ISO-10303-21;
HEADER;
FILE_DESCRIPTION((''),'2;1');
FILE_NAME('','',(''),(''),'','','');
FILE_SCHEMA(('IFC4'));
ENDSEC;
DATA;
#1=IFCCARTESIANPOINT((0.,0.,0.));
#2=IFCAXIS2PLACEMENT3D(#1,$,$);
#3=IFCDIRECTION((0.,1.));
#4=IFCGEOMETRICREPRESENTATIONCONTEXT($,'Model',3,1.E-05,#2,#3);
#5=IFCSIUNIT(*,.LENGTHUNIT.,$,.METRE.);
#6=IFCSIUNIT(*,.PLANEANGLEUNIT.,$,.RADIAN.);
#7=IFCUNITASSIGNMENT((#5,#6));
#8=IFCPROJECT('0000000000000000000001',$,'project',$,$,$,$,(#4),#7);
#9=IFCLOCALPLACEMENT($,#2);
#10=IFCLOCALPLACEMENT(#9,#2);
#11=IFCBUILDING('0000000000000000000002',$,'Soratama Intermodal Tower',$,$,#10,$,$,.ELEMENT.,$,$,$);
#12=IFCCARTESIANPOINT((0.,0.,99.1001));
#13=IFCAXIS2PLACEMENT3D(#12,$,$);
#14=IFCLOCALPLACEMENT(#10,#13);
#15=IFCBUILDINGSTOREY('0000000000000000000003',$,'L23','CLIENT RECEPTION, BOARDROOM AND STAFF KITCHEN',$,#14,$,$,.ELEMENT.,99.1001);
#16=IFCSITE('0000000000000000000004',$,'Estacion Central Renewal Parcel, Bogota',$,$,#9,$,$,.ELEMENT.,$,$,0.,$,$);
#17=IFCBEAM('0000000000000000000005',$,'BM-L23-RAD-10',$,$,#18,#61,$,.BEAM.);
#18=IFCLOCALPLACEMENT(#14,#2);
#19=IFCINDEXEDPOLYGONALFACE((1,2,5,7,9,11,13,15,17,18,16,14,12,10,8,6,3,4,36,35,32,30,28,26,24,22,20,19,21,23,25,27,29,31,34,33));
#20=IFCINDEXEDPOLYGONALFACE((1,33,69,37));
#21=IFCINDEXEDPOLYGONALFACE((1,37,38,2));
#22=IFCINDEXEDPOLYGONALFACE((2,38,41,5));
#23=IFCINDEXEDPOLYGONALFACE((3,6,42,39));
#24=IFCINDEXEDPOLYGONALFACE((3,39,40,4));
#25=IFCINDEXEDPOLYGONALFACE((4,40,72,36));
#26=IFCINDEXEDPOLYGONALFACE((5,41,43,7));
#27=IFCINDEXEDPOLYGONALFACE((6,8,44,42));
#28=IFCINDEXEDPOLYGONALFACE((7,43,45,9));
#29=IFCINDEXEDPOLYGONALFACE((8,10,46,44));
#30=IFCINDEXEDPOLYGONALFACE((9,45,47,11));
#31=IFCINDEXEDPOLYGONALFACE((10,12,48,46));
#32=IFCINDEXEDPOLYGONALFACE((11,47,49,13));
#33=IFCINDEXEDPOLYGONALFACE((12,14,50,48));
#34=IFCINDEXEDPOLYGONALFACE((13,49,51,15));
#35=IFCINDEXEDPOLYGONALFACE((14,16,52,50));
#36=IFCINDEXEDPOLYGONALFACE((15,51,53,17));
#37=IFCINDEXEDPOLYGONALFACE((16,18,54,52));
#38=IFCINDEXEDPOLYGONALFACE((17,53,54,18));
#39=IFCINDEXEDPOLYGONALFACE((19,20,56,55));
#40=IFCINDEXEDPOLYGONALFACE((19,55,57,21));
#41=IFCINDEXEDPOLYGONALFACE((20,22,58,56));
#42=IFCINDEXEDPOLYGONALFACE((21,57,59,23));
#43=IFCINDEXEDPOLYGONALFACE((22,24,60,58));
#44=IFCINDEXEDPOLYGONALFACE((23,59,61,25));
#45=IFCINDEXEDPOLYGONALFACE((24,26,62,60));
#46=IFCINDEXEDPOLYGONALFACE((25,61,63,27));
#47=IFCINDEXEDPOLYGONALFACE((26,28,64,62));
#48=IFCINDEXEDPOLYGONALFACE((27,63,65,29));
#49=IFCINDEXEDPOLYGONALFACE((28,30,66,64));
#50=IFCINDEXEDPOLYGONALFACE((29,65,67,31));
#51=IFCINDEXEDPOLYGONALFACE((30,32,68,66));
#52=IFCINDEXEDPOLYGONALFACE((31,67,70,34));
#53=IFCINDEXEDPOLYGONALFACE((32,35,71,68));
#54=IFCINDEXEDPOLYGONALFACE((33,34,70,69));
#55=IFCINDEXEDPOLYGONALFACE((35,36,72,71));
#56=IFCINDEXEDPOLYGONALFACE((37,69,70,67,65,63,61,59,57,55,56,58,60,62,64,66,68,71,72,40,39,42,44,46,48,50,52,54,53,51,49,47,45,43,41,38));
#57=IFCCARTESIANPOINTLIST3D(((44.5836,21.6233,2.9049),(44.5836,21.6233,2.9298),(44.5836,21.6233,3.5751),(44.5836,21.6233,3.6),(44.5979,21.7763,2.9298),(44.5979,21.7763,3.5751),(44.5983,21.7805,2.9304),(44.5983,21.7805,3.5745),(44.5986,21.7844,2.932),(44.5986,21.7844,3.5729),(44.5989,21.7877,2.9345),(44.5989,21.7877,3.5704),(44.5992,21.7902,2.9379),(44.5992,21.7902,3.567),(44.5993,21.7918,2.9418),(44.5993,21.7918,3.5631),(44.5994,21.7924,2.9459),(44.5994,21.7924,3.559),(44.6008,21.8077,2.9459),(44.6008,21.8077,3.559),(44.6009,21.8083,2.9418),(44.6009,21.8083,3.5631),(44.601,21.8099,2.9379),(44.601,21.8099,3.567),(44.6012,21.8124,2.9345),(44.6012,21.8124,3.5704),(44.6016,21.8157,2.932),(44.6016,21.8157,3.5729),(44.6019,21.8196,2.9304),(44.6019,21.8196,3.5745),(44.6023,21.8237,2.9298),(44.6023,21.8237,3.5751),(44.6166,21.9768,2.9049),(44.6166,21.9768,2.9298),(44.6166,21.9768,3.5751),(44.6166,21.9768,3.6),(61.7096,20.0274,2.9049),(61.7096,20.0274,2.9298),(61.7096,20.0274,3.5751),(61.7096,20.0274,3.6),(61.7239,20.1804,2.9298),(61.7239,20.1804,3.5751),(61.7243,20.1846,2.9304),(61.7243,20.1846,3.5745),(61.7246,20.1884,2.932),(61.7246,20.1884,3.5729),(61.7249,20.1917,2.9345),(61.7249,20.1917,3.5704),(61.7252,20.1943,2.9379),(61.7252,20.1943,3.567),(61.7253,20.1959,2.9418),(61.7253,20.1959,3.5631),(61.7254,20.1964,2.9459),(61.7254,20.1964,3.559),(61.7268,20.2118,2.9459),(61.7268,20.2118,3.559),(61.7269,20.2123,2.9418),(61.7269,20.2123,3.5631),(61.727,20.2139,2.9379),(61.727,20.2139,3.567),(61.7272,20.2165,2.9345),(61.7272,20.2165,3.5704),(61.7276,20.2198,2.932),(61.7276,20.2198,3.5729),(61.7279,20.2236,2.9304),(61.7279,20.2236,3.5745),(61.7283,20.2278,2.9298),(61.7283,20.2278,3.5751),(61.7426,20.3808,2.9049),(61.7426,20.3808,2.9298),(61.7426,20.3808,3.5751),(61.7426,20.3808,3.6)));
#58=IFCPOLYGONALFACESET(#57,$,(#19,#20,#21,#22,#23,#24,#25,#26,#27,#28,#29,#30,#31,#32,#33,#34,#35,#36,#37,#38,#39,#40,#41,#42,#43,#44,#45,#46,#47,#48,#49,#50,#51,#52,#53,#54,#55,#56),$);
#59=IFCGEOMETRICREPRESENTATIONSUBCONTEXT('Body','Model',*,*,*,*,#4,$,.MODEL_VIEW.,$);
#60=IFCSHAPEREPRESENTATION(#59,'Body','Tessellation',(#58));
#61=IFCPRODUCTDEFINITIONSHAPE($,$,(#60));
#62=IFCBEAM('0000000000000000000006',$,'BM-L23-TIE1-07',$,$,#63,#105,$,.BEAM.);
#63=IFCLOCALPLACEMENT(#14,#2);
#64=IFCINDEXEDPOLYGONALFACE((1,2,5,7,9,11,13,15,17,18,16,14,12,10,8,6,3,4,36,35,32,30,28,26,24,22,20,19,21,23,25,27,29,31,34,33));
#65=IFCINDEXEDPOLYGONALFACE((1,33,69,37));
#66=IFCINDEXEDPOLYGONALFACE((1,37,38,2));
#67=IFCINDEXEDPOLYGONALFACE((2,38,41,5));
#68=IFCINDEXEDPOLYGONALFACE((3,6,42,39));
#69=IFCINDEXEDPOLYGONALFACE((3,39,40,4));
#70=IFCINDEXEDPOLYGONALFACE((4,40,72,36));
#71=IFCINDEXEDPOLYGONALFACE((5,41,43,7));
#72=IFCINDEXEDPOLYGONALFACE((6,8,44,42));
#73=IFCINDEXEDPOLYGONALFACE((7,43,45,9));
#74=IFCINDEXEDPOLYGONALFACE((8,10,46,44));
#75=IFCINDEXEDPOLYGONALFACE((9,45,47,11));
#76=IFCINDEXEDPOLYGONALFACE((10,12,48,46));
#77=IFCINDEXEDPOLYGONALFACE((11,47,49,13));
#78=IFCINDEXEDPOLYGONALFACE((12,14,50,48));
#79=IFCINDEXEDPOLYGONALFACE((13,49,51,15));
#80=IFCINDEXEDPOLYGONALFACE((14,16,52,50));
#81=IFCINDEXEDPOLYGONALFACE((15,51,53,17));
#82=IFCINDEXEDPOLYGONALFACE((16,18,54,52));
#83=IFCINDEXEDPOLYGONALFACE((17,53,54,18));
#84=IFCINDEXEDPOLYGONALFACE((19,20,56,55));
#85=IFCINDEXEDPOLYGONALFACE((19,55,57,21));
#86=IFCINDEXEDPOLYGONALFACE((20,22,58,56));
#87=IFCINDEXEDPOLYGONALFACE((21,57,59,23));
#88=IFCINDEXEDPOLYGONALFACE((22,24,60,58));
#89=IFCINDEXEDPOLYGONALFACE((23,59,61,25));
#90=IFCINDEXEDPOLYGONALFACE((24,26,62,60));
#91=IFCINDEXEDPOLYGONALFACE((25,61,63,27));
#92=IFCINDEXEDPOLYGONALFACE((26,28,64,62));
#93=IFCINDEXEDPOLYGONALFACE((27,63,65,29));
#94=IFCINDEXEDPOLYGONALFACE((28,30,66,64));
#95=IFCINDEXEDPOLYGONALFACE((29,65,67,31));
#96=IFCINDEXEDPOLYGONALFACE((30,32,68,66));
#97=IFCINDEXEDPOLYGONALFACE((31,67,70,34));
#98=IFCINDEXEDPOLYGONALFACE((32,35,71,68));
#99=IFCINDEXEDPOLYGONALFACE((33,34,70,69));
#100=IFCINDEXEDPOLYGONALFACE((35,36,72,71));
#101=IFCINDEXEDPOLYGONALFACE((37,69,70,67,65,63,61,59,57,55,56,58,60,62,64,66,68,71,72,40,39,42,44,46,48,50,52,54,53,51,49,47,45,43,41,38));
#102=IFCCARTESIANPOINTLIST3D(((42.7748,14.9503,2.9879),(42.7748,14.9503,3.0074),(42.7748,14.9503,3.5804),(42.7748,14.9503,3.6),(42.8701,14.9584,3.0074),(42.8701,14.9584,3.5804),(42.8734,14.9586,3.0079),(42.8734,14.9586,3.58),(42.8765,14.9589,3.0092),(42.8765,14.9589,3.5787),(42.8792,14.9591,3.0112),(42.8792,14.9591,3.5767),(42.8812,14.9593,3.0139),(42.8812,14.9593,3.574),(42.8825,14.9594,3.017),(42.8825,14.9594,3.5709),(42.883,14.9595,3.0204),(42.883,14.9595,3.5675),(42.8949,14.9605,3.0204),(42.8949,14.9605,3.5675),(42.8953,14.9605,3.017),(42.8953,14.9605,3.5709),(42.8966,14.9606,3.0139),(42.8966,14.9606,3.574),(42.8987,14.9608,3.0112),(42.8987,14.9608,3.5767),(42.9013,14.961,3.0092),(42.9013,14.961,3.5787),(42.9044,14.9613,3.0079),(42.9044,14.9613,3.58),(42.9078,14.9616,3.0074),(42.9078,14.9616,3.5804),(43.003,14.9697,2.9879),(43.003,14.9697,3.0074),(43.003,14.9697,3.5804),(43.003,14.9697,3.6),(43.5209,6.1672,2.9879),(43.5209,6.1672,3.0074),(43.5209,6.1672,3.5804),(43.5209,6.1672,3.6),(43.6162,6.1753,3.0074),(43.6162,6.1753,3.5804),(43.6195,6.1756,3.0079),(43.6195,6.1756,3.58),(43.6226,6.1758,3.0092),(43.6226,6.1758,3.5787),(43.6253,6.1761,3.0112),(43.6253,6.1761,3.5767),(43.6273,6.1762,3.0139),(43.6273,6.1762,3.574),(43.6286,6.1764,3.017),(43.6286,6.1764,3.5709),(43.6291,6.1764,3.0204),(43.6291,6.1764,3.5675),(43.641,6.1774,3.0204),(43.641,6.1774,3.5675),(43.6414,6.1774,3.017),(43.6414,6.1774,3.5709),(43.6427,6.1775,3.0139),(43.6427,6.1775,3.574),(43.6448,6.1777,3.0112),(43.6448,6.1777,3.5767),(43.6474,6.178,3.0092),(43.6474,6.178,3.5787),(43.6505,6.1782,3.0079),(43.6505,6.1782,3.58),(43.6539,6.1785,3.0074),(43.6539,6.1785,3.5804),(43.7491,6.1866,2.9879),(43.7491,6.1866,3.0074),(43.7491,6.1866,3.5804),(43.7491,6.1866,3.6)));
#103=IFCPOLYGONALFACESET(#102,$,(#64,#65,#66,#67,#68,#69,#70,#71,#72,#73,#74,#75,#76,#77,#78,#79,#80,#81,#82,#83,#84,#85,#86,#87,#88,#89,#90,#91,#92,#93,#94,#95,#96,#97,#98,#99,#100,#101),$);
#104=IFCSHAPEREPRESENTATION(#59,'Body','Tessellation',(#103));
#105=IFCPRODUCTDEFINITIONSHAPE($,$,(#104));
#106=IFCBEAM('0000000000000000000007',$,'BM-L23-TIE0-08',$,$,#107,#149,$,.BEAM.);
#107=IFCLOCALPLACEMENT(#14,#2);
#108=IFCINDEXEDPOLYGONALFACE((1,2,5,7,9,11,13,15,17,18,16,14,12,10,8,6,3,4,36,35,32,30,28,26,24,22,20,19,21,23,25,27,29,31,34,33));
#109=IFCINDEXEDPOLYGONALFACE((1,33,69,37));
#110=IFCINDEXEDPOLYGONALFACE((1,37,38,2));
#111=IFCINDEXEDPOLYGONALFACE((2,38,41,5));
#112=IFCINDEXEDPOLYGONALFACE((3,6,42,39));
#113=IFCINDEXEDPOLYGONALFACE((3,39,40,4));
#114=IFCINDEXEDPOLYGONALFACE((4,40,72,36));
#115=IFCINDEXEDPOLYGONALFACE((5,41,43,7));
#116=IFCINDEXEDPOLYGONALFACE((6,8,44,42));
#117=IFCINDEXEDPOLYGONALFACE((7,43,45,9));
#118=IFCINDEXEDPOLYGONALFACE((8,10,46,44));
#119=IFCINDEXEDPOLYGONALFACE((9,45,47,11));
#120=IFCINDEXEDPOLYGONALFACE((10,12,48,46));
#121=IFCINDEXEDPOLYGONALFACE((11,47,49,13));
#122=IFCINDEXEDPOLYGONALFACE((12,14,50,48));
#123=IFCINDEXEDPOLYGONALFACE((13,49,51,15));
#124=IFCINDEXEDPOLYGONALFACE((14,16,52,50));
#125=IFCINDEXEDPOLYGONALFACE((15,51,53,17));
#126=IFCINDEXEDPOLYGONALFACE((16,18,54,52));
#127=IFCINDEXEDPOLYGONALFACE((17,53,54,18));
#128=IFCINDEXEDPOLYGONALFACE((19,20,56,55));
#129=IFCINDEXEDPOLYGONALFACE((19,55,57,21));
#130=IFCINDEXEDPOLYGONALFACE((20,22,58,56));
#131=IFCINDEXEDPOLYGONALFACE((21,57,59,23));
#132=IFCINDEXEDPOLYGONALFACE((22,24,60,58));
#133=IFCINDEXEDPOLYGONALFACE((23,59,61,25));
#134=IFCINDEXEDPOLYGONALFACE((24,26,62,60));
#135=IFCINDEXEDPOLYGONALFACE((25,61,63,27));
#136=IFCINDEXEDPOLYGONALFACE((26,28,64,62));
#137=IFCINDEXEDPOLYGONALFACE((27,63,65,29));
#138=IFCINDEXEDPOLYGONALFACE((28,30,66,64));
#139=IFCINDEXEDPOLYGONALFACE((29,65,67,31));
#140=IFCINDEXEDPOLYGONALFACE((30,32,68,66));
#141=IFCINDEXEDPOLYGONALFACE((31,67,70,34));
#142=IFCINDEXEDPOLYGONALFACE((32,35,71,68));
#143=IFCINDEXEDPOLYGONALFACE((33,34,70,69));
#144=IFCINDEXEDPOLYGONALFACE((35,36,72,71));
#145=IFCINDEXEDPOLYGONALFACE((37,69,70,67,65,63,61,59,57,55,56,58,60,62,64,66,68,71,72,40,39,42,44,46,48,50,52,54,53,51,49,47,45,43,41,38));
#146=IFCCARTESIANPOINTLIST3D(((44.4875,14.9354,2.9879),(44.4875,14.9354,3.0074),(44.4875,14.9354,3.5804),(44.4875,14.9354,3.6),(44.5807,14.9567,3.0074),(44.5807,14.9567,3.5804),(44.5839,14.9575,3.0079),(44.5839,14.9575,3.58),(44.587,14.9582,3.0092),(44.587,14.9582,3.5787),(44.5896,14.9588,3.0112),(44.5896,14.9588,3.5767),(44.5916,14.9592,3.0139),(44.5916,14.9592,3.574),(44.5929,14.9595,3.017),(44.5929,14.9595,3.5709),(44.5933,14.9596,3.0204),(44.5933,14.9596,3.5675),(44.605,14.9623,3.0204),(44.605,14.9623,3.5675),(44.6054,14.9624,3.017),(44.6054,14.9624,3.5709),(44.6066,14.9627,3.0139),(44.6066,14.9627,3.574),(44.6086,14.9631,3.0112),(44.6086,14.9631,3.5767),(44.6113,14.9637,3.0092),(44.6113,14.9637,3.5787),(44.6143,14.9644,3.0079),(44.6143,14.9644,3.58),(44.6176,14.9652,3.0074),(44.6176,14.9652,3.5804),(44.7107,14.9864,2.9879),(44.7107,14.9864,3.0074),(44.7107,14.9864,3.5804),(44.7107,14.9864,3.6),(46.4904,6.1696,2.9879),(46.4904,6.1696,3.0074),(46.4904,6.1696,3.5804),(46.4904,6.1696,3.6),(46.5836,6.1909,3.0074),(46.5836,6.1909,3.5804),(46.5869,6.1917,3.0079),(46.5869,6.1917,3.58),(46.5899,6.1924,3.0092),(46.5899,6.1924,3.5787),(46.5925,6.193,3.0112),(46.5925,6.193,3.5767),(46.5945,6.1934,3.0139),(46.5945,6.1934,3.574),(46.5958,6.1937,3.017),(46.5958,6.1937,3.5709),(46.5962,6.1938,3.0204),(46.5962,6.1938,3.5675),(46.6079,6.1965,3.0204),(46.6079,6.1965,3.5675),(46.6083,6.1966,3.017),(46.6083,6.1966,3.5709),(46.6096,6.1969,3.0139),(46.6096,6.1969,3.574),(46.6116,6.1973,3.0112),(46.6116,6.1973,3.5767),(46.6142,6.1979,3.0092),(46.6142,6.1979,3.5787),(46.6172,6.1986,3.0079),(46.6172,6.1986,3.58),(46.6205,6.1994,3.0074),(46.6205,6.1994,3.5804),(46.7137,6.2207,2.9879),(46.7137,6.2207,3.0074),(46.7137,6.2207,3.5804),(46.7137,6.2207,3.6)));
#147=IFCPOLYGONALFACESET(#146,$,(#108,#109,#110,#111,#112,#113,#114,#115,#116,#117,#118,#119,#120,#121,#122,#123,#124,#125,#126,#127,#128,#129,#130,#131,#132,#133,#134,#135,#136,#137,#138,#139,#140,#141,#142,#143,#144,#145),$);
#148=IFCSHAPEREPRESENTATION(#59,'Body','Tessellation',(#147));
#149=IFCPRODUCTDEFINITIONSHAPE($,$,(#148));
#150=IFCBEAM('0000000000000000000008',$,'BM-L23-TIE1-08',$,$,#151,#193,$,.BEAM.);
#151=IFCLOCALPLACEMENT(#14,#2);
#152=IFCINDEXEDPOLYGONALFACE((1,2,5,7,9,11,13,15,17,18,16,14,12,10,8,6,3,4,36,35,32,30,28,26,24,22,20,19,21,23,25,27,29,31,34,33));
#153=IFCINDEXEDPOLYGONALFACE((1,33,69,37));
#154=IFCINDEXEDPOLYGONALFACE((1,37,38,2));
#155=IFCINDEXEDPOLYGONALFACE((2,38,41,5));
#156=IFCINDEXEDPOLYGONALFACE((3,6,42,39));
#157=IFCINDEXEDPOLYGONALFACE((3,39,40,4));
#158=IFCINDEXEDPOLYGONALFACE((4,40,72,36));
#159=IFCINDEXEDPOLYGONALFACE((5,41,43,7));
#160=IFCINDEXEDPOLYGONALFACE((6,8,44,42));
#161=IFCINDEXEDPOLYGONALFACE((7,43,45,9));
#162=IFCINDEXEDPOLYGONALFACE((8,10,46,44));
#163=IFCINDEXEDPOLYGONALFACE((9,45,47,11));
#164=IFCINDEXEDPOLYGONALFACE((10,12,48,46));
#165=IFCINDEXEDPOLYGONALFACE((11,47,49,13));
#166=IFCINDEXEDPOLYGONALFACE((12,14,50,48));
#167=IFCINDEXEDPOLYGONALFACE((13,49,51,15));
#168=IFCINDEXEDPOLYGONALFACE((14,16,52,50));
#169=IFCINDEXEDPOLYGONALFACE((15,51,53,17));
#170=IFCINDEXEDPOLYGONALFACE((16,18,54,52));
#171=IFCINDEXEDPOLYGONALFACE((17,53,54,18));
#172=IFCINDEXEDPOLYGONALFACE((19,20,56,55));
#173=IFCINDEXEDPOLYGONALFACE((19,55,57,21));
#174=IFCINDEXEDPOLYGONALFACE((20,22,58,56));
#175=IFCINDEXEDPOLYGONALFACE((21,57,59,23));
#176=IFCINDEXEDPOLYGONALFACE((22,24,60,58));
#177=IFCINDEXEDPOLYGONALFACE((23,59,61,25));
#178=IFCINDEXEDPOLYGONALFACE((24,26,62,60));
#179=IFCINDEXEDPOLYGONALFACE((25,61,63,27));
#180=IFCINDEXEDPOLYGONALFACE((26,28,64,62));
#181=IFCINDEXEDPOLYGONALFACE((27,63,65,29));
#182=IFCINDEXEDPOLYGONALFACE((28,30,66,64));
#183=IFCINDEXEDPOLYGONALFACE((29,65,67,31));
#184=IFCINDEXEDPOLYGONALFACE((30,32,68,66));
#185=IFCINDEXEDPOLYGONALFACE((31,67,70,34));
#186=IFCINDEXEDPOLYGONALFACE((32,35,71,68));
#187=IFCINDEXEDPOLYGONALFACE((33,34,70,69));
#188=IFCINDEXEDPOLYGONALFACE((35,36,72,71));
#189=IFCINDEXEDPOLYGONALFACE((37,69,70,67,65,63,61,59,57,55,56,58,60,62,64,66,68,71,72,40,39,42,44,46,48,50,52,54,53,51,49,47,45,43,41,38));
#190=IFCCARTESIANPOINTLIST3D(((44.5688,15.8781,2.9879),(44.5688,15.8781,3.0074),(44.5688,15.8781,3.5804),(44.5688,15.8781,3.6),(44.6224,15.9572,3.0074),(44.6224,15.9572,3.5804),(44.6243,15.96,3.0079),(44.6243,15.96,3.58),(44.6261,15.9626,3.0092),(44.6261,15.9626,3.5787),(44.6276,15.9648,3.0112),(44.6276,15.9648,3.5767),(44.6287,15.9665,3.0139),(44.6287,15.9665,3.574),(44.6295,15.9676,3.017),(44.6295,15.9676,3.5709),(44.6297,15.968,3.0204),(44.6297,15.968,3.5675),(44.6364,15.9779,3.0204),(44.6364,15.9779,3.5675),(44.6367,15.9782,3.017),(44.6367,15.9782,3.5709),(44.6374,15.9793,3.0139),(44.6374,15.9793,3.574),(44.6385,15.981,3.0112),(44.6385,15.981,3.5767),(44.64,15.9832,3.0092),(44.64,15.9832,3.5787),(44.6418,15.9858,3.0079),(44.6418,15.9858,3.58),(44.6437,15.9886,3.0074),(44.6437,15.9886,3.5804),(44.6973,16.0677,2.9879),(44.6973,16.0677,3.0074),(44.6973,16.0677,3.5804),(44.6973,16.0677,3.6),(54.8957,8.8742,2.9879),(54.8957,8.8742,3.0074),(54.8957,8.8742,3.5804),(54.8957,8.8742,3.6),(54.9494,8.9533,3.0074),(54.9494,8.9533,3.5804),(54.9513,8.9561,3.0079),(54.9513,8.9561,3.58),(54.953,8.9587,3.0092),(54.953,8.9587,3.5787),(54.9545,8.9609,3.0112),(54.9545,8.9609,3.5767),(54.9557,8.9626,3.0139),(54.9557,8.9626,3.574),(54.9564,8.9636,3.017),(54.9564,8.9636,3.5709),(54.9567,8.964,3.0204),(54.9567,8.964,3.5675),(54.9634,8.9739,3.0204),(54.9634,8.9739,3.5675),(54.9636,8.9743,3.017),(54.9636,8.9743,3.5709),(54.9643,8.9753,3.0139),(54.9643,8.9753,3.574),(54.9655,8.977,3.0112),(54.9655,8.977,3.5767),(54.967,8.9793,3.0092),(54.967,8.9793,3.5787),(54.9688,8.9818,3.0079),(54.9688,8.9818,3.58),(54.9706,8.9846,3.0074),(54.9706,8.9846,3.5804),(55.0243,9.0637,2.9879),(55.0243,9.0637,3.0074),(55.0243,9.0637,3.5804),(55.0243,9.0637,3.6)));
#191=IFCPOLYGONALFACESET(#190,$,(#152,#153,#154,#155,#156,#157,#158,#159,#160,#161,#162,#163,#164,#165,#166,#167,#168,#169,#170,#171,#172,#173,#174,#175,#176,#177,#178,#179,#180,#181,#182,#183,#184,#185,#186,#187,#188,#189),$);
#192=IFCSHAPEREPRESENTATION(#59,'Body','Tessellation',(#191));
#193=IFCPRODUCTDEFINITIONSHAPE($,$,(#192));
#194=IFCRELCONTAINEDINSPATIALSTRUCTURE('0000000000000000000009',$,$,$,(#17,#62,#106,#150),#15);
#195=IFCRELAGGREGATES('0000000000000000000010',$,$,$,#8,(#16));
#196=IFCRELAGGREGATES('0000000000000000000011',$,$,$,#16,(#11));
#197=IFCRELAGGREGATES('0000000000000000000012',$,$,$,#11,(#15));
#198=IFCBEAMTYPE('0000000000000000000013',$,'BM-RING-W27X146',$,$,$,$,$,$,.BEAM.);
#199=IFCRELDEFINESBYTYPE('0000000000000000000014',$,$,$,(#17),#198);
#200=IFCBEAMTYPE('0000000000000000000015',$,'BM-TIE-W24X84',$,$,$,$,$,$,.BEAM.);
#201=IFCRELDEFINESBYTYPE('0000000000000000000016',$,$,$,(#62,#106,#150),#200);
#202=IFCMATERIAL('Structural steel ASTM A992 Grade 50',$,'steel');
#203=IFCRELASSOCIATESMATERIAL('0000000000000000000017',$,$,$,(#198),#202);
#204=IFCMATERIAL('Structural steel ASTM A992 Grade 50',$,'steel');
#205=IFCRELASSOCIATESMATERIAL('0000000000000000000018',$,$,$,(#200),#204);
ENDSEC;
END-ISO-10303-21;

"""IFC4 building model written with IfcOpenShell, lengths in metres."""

from ifc_helpers import new_model, si_unit, direction, frame, origin, origin_2d, place, context, subcontext, project, spatial, i_section, extrude, material, material_profile, profile_set, type_object, element, save


model = new_model("IFC4")

# Units and contexts
model_context = context("Model", 3, precision=1e-05, world=origin(), true_north=direction((0.0, 1.0)))
body_context = subcontext(model_context, "Body", "Model", "MODEL_VIEW")
ifc_project = project(units=[si_unit("LENGTHUNIT", "METRE"), si_unit("PLANEANGLEUNIT", "RADIAN")], contexts=[model_context])

# Site, building, storey
site_placement = place(None, origin())
site = spatial("IfcSite", under=ifc_project, at=site_placement, Name="Estacion Central Renewal Parcel, Bogota", CompositionType="ELEMENT", RefElevation=0.0)
building_placement = place(site_placement, origin())
building = spatial("IfcBuilding", under=site, at=building_placement, Name="Soratama Intermodal Tower", CompositionType="ELEMENT")
storey_placement = place(building_placement, frame((0.0, 0.0, 99.1001)))
storey = spatial("IfcBuildingStorey", under=building, at=storey_placement, Name="L23", Description="CLIENT RECEPTION, BOARDROOM AND STAFF KITCHEN", CompositionType="ELEMENT", Elevation=99.1001)

# Beams
ifc_material_1 = material(Name="Structural steel ASTM A992 Grade 50", Category="steel")
ifc_material_profile_1 = material_profile(ifc_material_1, i_section(OverallWidth=0.355, OverallDepth=0.6951, WebThickness=0.0154, FlangeThickness=0.0249, FilletRadius=0.0161, at=origin_2d()), Name="W27X146")
ifc_profile_set_1 = profile_set([ifc_material_profile_1], Name="Structural steel ASTM A992 Grade 50")
beam_type_1 = type_object("IfcBeamType", Name="BM-RING-W27X146", PredefinedType="BEAM", material=ifc_profile_set_1)
beam_1_placement = place(storey_placement, frame((44.6001, 21.8, 3.2524), z_axis=(0.995686, -0.092787, 0.0), x_axis=(0.092787, 0.995686, 0.0)))
element("IfcBeam", 1, at=beam_1_placement, inside=storey, type_object=beam_type_1, Name="BM-L23-RAD-10", PredefinedType="BEAM", context=body_context, shape_type="SweptSolid", body=[
    extrude(i_section(OverallWidth=0.355, OverallDepth=0.6951, WebThickness=0.0154, FlangeThickness=0.0249, FilletRadius=0.0161, at=origin_2d()), origin(), (0.0, 0.0, 1.0), 17.2002),
])
ifc_material_2 = material(Name="Structural steel ASTM A992 Grade 50", Category="steel")
ifc_material_profile_2 = material_profile(ifc_material_2, i_section(OverallWidth=0.229, OverallDepth=0.6121, WebThickness=0.012, FlangeThickness=0.0195, FilletRadius=0.0129, at=origin_2d()), Name="W24X84")
ifc_profile_set_2 = profile_set([ifc_material_profile_2], Name="Structural steel ASTM A992 Grade 50")
beam_type_2 = type_object("IfcBeamType", Name="BM-TIE-W24X84", PredefinedType="BEAM", material=ifc_profile_set_2)
beam_2_placement = place(storey_placement, frame((42.8889, 14.96, 3.2939), z_axis=(0.084643, -0.996411, 0.0), x_axis=(0.996411, 0.084643, 0.0)))
element("IfcBeam", 2, at=beam_2_placement, inside=storey, type_object=beam_type_2, Name="BM-L23-TIE1-07", PredefinedType="BEAM", context=body_context, shape_type="SweptSolid", body=[
    extrude(i_section(OverallWidth=0.229, OverallDepth=0.6121, WebThickness=0.012, FlangeThickness=0.0195, FilletRadius=0.0129, at=origin_2d()), origin(), (0.0, 0.0, 1.0), 8.8147),
])
beam_3_placement = place(storey_placement, frame((44.5991, 14.9609, 3.2939), z_axis=(0.222751, -0.974875, 0.0), x_axis=(0.974875, 0.222751, 0.0)))
element("IfcBeam", 3, at=beam_3_placement, inside=storey, type_object=beam_type_2, Name="BM-L23-TIE0-08", PredefinedType="BEAM", context=body_context, shape_type="SweptSolid", body=[
    extrude(i_section(OverallWidth=0.229, OverallDepth=0.6121, WebThickness=0.012, FlangeThickness=0.0195, FilletRadius=0.0129, at=origin_2d()), origin(), (0.0, 0.0, 1.0), 8.9917),
])
beam_4_placement = place(storey_placement, frame((44.6331, 15.9729, 3.2939), z_axis=(0.827611, -0.561302, 0.0), x_axis=(0.561302, 0.827611, 0.0)))
element("IfcBeam", 4, at=beam_4_placement, inside=storey, type_object=beam_type_2, Name="BM-L23-TIE1-08", PredefinedType="BEAM", context=body_context, shape_type="SweptSolid", body=[
    extrude(i_section(OverallWidth=0.229, OverallDepth=0.6121, WebThickness=0.012, FlangeThickness=0.0195, FilletRadius=0.0129, at=origin_2d()), origin(), (0.0, 0.0, 1.0), 12.478),
])

save(model, "model.ifc")
